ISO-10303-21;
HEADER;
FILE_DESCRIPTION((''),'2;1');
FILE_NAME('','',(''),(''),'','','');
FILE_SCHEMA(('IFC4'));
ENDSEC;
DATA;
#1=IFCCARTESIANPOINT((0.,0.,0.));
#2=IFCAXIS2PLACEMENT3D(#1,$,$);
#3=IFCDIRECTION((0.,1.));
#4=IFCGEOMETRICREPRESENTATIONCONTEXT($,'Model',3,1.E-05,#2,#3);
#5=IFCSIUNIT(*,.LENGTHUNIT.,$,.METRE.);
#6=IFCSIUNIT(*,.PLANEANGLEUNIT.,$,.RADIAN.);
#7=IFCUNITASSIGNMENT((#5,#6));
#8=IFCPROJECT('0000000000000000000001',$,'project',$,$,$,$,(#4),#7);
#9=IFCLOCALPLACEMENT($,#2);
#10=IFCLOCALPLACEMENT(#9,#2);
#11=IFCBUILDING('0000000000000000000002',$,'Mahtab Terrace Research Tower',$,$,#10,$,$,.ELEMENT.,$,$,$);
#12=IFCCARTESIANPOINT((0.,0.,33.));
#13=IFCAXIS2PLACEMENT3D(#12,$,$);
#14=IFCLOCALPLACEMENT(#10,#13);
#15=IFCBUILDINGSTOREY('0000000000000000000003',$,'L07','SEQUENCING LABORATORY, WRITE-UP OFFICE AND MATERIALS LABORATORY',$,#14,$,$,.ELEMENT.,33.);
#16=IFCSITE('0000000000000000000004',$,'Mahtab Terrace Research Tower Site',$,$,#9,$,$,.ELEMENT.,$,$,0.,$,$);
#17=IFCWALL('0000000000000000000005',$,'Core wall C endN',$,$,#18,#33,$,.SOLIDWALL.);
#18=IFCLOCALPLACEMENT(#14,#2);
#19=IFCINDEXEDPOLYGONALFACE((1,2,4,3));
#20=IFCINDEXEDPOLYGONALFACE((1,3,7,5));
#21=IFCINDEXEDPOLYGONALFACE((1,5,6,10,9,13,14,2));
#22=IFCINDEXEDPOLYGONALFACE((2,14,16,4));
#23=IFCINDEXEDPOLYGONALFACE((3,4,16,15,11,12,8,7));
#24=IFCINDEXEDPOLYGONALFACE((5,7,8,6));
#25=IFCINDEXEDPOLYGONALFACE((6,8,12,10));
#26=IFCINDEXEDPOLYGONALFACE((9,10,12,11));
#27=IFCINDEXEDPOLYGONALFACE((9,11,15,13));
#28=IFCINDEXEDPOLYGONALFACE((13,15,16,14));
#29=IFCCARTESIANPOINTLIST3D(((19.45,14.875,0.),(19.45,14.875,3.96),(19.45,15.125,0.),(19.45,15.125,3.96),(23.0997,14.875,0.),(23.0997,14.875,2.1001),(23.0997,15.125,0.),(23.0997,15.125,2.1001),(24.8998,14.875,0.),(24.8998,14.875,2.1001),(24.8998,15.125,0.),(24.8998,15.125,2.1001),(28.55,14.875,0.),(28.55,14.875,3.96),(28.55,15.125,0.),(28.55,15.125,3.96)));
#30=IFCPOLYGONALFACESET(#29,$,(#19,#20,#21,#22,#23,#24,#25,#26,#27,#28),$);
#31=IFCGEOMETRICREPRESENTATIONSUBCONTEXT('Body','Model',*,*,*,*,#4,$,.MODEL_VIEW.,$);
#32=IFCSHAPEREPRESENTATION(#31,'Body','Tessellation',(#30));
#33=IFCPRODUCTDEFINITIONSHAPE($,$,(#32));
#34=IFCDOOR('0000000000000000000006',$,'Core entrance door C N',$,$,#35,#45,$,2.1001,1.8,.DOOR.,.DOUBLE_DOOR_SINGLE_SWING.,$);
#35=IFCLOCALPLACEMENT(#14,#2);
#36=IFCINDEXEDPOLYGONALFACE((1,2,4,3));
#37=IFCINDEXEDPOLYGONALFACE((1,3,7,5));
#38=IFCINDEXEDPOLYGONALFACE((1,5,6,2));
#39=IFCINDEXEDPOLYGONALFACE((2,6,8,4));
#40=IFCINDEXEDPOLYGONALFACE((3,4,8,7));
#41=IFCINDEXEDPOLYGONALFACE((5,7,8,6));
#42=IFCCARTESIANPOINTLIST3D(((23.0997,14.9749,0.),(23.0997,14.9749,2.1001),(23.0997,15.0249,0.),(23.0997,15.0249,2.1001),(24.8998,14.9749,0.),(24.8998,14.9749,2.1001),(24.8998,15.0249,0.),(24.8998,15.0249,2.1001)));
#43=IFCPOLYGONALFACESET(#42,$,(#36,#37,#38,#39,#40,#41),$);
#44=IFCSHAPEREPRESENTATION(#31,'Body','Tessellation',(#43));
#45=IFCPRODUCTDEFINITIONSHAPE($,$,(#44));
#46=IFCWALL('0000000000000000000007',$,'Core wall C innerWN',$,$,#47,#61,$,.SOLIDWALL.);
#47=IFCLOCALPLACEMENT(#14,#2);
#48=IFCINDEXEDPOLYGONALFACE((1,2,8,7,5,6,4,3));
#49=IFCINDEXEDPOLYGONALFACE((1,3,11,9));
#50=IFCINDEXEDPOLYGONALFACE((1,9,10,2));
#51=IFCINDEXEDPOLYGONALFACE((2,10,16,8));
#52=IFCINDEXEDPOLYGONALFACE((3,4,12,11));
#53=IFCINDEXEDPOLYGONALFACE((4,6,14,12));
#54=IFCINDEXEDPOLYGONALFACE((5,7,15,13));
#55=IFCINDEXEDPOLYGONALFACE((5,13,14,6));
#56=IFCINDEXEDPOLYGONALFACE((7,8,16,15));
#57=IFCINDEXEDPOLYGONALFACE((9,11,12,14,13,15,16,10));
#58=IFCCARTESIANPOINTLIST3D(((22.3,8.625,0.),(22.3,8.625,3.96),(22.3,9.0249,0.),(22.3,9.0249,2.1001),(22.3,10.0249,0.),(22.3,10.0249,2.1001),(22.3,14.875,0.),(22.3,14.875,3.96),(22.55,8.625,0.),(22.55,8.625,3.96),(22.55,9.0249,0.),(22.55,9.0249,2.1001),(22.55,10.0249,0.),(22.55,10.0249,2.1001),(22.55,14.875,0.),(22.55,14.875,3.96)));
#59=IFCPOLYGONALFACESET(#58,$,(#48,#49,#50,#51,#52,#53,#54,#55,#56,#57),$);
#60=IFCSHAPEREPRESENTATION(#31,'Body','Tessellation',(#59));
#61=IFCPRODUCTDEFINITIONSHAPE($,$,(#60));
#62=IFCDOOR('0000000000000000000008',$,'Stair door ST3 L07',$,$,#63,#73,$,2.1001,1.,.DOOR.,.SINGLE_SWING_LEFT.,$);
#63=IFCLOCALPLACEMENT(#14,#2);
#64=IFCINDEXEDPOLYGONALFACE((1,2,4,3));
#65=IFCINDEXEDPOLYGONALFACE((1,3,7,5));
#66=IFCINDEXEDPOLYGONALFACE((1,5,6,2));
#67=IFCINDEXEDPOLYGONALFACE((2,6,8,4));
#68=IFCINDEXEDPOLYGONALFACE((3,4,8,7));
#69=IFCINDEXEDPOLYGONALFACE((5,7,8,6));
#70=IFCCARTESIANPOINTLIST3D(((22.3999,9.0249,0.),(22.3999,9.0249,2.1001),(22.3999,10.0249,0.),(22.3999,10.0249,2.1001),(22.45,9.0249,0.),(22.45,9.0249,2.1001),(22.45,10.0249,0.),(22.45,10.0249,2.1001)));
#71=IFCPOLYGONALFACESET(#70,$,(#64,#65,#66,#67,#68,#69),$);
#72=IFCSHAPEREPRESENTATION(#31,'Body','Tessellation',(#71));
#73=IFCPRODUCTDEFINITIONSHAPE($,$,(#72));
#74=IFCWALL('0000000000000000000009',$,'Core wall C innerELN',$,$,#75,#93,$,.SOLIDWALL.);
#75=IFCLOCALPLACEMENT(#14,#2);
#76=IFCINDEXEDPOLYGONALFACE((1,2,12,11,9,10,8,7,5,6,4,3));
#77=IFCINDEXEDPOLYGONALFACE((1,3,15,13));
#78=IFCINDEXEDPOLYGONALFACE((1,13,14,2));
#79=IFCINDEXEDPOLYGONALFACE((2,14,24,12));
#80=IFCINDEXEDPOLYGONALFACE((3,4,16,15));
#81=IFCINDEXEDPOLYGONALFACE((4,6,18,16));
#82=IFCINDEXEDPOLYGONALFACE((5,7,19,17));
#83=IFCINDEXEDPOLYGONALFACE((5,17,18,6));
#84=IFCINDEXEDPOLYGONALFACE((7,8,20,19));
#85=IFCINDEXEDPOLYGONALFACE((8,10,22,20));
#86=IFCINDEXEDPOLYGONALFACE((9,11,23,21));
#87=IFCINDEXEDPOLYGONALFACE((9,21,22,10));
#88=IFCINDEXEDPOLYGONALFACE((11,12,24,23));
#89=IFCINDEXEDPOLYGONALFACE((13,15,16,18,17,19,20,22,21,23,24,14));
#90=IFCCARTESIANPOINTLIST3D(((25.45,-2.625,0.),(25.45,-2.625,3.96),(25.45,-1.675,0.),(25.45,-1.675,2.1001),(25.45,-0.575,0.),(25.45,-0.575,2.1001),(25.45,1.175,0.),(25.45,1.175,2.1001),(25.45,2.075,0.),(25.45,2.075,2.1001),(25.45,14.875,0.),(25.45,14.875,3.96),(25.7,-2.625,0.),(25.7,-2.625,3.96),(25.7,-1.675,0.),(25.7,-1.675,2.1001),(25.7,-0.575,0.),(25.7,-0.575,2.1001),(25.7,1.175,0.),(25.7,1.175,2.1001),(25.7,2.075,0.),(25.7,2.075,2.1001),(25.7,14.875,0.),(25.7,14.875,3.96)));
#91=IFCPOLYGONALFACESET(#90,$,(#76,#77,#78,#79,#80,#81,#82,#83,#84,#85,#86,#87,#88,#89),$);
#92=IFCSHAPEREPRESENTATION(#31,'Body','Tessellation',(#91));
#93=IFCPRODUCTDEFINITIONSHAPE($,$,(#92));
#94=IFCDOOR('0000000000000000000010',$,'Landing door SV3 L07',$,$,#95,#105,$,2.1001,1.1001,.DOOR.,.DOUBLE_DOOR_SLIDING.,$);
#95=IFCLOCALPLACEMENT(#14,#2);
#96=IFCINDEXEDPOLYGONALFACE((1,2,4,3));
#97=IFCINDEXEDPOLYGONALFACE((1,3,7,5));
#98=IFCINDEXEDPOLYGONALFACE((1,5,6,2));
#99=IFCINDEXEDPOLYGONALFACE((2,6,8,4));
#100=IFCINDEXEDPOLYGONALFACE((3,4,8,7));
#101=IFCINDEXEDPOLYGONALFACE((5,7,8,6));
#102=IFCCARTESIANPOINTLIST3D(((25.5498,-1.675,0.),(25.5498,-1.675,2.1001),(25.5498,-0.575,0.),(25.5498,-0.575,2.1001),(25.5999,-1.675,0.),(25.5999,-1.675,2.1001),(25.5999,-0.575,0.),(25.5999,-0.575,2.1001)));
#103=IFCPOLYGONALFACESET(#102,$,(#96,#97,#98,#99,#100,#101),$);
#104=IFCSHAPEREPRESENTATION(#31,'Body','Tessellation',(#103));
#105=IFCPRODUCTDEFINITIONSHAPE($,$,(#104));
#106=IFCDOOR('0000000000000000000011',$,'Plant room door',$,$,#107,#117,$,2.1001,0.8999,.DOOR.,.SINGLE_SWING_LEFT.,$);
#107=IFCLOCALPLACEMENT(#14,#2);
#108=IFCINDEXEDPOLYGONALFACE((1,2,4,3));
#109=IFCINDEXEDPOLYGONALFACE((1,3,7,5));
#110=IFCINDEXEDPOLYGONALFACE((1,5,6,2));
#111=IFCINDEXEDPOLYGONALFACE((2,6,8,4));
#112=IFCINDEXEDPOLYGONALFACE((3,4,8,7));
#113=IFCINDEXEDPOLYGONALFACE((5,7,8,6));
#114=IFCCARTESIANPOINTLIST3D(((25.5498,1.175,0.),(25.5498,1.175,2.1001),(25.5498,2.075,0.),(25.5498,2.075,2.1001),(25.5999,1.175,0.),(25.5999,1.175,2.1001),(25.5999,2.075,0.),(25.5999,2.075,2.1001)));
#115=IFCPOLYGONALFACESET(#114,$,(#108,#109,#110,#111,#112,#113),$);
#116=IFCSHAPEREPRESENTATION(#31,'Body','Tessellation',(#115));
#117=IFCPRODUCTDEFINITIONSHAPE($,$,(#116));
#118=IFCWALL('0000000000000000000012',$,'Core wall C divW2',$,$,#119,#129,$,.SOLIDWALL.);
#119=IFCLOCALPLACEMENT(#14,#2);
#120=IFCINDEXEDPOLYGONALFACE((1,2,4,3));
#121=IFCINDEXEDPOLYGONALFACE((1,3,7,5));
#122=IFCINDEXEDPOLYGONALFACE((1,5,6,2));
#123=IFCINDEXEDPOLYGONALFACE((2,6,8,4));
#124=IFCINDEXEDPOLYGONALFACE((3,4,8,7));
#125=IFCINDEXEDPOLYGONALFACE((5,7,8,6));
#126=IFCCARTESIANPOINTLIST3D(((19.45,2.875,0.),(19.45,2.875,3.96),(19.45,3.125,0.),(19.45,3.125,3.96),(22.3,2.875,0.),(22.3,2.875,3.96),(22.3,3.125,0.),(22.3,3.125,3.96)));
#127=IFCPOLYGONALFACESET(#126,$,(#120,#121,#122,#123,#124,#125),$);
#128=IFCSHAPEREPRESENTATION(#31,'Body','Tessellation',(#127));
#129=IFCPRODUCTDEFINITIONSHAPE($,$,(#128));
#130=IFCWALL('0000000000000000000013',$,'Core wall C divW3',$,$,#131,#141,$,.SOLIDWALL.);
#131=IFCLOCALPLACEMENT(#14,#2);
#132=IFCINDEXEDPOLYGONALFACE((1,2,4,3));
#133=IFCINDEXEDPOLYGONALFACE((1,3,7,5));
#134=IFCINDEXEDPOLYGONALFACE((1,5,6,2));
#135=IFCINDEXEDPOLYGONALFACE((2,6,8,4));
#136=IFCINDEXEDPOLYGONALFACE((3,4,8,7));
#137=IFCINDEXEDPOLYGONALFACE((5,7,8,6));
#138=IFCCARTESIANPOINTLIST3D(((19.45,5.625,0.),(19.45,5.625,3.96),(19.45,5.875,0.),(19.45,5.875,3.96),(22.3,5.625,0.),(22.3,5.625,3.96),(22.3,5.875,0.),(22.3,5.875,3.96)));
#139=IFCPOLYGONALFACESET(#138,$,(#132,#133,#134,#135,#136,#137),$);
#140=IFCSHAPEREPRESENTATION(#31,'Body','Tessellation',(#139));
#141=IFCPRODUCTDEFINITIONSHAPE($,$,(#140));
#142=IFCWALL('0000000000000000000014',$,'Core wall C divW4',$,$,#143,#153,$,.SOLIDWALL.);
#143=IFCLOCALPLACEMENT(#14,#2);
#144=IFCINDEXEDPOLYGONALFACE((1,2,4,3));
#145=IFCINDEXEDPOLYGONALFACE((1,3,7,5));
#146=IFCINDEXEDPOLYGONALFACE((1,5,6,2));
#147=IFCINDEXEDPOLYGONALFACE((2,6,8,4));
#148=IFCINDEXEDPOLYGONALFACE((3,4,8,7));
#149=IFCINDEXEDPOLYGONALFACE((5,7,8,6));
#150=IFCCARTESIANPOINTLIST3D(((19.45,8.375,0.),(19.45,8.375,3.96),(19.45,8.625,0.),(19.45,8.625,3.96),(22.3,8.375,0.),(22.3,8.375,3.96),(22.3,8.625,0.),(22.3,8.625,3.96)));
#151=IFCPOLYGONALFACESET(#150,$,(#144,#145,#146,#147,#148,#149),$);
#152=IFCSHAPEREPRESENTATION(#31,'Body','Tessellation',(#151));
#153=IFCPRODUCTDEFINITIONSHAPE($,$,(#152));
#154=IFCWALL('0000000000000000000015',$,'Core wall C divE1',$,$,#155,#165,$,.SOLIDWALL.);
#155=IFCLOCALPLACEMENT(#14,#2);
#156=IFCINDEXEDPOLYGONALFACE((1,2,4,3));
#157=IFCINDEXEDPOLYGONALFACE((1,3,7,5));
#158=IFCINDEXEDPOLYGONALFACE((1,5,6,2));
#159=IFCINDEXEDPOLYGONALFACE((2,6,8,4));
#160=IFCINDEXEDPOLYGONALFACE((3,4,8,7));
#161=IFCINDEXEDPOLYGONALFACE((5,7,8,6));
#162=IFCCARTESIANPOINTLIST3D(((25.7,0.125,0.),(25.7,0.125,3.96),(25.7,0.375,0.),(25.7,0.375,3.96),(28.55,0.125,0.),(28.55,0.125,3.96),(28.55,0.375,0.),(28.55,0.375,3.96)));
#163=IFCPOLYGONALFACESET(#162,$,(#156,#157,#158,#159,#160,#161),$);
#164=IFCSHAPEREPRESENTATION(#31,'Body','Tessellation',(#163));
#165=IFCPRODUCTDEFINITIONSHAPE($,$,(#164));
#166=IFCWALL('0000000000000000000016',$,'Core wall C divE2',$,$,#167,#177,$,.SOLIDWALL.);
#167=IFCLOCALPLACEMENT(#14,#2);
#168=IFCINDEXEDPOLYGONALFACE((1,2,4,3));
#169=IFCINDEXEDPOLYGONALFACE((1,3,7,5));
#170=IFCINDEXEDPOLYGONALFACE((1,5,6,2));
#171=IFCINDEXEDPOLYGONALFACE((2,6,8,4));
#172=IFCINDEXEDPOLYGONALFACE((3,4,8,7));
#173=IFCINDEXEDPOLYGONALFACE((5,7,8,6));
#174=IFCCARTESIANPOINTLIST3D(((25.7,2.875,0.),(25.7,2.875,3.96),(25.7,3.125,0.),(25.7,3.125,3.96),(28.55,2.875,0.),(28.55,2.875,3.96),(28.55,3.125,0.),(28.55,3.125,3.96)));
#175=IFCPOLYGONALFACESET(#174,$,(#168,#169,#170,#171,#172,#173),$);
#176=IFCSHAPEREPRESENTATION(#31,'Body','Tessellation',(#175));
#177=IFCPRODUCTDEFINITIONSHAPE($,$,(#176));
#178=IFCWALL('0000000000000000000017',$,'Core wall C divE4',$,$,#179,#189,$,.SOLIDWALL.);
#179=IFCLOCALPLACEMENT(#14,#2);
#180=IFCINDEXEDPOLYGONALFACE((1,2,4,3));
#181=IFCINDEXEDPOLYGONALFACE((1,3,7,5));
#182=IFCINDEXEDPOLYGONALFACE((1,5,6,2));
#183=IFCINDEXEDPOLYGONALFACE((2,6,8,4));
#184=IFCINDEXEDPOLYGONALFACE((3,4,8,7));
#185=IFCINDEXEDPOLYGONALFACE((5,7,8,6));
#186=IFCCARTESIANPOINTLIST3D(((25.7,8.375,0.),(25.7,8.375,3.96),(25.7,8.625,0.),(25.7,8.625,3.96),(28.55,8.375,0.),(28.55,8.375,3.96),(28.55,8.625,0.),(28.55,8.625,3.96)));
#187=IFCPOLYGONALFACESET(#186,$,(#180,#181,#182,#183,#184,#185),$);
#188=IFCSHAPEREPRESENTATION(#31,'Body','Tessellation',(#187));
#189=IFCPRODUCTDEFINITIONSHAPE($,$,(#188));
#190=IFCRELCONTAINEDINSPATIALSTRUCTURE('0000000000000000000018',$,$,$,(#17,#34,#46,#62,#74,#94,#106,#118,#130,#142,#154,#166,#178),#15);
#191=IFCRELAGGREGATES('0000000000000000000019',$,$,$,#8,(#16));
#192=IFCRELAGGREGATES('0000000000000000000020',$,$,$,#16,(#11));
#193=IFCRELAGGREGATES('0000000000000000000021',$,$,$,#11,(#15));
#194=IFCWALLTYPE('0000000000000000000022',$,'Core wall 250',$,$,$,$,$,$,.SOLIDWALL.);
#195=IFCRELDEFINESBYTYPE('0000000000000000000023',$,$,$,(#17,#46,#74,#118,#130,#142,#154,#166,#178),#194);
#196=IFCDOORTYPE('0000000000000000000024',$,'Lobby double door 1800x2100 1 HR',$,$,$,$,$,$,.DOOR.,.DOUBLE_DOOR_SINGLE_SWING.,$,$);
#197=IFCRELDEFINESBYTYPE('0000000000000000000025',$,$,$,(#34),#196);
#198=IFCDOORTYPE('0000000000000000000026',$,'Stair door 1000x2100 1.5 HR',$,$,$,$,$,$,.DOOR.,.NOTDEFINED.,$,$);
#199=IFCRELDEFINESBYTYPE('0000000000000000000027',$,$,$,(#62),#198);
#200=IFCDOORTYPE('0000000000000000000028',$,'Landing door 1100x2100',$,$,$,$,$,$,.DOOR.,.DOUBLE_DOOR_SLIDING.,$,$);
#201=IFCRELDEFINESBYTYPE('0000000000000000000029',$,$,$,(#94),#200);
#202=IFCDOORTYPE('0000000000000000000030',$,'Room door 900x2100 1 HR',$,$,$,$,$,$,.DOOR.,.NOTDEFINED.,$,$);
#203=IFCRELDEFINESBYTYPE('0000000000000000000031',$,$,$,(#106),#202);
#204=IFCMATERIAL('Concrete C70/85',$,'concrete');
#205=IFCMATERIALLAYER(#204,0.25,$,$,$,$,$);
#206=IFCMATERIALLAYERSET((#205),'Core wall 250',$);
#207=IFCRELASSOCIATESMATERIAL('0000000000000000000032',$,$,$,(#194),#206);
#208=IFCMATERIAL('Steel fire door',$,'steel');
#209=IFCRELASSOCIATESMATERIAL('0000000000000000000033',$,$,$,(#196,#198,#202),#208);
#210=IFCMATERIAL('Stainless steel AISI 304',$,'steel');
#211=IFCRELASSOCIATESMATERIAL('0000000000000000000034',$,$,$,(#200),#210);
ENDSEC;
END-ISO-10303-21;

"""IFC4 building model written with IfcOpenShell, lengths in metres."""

from ifc_helpers import new_model, si_unit, direction, frame, frame_2d, origin, place, context, subcontext, project, spatial, rectangle, extrude, material, layer, layer_set, type_object, element, fill, save


model = new_model("IFC4")

# Units and contexts
model_context = context("Model", 3, precision=1e-05, world=origin(), true_north=direction((0.0, 1.0)))
body_context = subcontext(model_context, "Body", "Model", "MODEL_VIEW")
ifc_project = project(units=[si_unit("LENGTHUNIT", "METRE"), si_unit("PLANEANGLEUNIT", "RADIAN")], contexts=[model_context])

# Site, building, storey
site_placement = place(None, origin())
site = spatial("IfcSite", under=ifc_project, at=site_placement, Name="Mahtab Terrace Research Tower Site", CompositionType="ELEMENT", RefElevation=0.0)
building_placement = place(site_placement, origin())
building = spatial("IfcBuilding", under=site, at=building_placement, Name="Mahtab Terrace Research Tower", CompositionType="ELEMENT")
storey_placement = place(building_placement, frame((0.0, 0.0, 33.0)))
storey = spatial("IfcBuildingStorey", under=building, at=storey_placement, Name="L07", Description="SEQUENCING LABORATORY, WRITE-UP OFFICE AND MATERIALS LABORATORY", CompositionType="ELEMENT", Elevation=33.0)

# Shared definitions
ifc_material_1 = material(Name="Concrete C70/85", Category="concrete")

# Walls, openings, doors
ifc_layer_1 = layer(ifc_material_1, 0.25)
ifc_layer_set_1 = layer_set([ifc_layer_1], Name="Core wall 250")
wall_type_1 = type_object("IfcWallType", Name="Core wall 250", PredefinedType="SOLIDWALL", material=ifc_layer_set_1)
wall_1_placement = place(storey_placement, frame((19.45, 15.0, 0.0), z_axis=(0.0, 0.0, 1.0), x_axis=(1.0, 0.0, 0.0)))
wall_1 = element("IfcWall", 1, at=wall_1_placement, inside=storey, type_object=wall_type_1, Name="Core wall C endN", PredefinedType="SOLIDWALL", context=body_context, shape_type="SweptSolid", body=[
    extrude(rectangle(XDim=9.1001, YDim=0.25, at=frame_2d((4.55, 0.0))), origin(), (0.0, 0.0, 1.0), 3.96),
])
opening_1_placement = place(wall_1_placement, frame((3.6499, 0.0, 0.0)))
opening_1 = element("IfcOpeningElement", 2, at=opening_1_placement, cuts=wall_1, PredefinedType="OPENING", context=body_context, shape_type="SweptSolid", body=[
    extrude(rectangle(XDim=1.8, YDim=2.1001, at=frame_2d((0.8999, 1.05))), frame((0.0, 0.135, 0.0), z_axis=(0.0, -1.0, 0.0), x_axis=(1.0, 0.0, 0.0)), (0.0, 0.0, 1.0), 0.27),
])
ifc_material_2 = material(Name="Steel fire door", Category="steel")
door_type_1 = type_object("IfcDoorType", Name="Lobby double door 1800x2100 1 HR", OperationType="DOUBLE_DOOR_SINGLE_SWING", PredefinedType="DOOR", material=ifc_material_2)
door_1_placement = place(opening_1_placement, origin())
door_1 = element("IfcDoor", 3, at=door_1_placement, inside=storey, type_object=door_type_1, Name="Core entrance door C N", OperationType="DOUBLE_DOOR_SINGLE_SWING", OverallHeight=2.1001, OverallWidth=1.8, PredefinedType="DOOR", context=body_context, shape_type="SweptSolid", body=[
    extrude(rectangle(XDim=1.8, YDim=2.1001, at=frame_2d((0.8999, 1.05))), frame((0.0, 0.0249, 0.0), z_axis=(0.0, -1.0, 0.0), x_axis=(1.0, 0.0, 0.0)), (0.0, 0.0, 1.0), 0.05),
])
fill(opening_1, door_1)
wall_2_placement = place(storey_placement, frame((22.425, 14.875, 0.0), z_axis=(0.0, 0.0, 1.0), x_axis=(0.0, -1.0, 0.0)))
wall_2 = element("IfcWall", 4, at=wall_2_placement, inside=storey, type_object=wall_type_1, Name="Core wall C innerWN", PredefinedType="SOLIDWALL", context=body_context, shape_type="SweptSolid", body=[
    extrude(rectangle(XDim=6.25, YDim=0.25, at=frame_2d((3.125, 0.0))), origin(), (0.0, 0.0, 1.0), 3.96),
])
opening_2_placement = place(wall_2_placement, frame((4.8501, 0.0, 0.0)))
opening_2 = element("IfcOpeningElement", 5, at=opening_2_placement, cuts=wall_2, PredefinedType="OPENING", context=body_context, shape_type="SweptSolid", body=[
    extrude(rectangle(XDim=1.0, YDim=2.1001, at=frame_2d((0.5, 1.05))), frame((0.0, 0.135, 0.0), z_axis=(0.0, -1.0, 0.0), x_axis=(1.0, 0.0, 0.0)), (0.0, 0.0, 1.0), 0.27),
])
door_type_2 = type_object("IfcDoorType", Name="Stair door 1000x2100 1.5 HR", OperationType="NOTDEFINED", PredefinedType="DOOR", material=ifc_material_2)
door_2_placement = place(opening_2_placement, origin())
door_2 = element("IfcDoor", 6, at=door_2_placement, inside=storey, type_object=door_type_2, Name="Stair door ST3 L07", OperationType="SINGLE_SWING_LEFT", OverallHeight=2.1001, OverallWidth=1.0, PredefinedType="DOOR", context=body_context, shape_type="SweptSolid", body=[
    extrude(rectangle(XDim=1.0, YDim=2.1001, at=frame_2d((0.5, 1.05))), frame((0.0, 0.0249, 0.0), z_axis=(0.0, -1.0, 0.0), x_axis=(1.0, 0.0, 0.0)), (0.0, 0.0, 1.0), 0.05),
])
fill(opening_2, door_2)

# Wall, openings, doors
wall_3_placement = place(storey_placement, frame((25.575, 14.875, 0.0), z_axis=(0.0, 0.0, 1.0), x_axis=(0.0, -1.0, 0.0)))
wall_3 = element("IfcWall", 7, at=wall_3_placement, inside=storey, type_object=wall_type_1, Name="Core wall C innerELN", PredefinedType="SOLIDWALL", context=body_context, shape_type="SweptSolid", body=[
    extrude(rectangle(XDim=17.5, YDim=0.25, at=frame_2d((8.75, 0.0))), origin(), (0.0, 0.0, 1.0), 3.96),
])
opening_3_placement = place(wall_3_placement, frame((15.45, 0.0, 0.0)))
opening_3 = element("IfcOpeningElement", 8, at=opening_3_placement, cuts=wall_3, PredefinedType="OPENING", context=body_context, shape_type="SweptSolid", body=[
    extrude(rectangle(XDim=1.1001, YDim=2.1001, at=frame_2d((0.55, 1.05))), frame((0.0, 0.135, 0.0), z_axis=(0.0, -1.0, 0.0), x_axis=(1.0, 0.0, 0.0)), (0.0, 0.0, 1.0), 0.27),
])
opening_4_placement = place(wall_3_placement, frame((12.8, 0.0, 0.0)))
opening_4 = element("IfcOpeningElement", 9, at=opening_4_placement, cuts=wall_3, PredefinedType="OPENING", context=body_context, shape_type="SweptSolid", body=[
    extrude(rectangle(XDim=0.8999, YDim=2.1001, at=frame_2d((0.45, 1.05))), frame((0.0, 0.135, 0.0), z_axis=(0.0, -1.0, 0.0), x_axis=(1.0, 0.0, 0.0)), (0.0, 0.0, 1.0), 0.27),
])
ifc_material_3 = material(Name="Stainless steel AISI 304", Category="steel")
door_type_3 = type_object("IfcDoorType", Name="Landing door 1100x2100", OperationType="DOUBLE_DOOR_SLIDING", PredefinedType="DOOR", material=ifc_material_3)
door_3_placement = place(opening_3_placement, origin())
door_3 = element("IfcDoor", 10, at=door_3_placement, inside=storey, type_object=door_type_3, Name="Landing door SV3 L07", OperationType="DOUBLE_DOOR_SLIDING", OverallHeight=2.1001, OverallWidth=1.1001, PredefinedType="DOOR", context=body_context, shape_type="SweptSolid", body=[
    extrude(rectangle(XDim=1.1001, YDim=2.1001, at=frame_2d((0.55, 1.05))), frame((0.0, 0.0249, 0.0), z_axis=(0.0, -1.0, 0.0), x_axis=(1.0, 0.0, 0.0)), (0.0, 0.0, 1.0), 0.05),
])
fill(opening_3, door_3)
door_type_4 = type_object("IfcDoorType", Name="Room door 900x2100 1 HR", OperationType="NOTDEFINED", PredefinedType="DOOR", material=ifc_material_2)
door_4_placement = place(opening_4_placement, origin())
door_4 = element("IfcDoor", 11, at=door_4_placement, inside=storey, type_object=door_type_4, Name="Plant room door", OperationType="SINGLE_SWING_LEFT", OverallHeight=2.1001, OverallWidth=0.8999, PredefinedType="DOOR", context=body_context, shape_type="SweptSolid", body=[
    extrude(rectangle(XDim=0.8999, YDim=2.1001, at=frame_2d((0.45, 1.05))), frame((0.0, 0.0249, 0.0), z_axis=(0.0, -1.0, 0.0), x_axis=(1.0, 0.0, 0.0)), (0.0, 0.0, 1.0), 0.05),
])
fill(opening_4, door_4)

# Walls
for number, where, z_axis, x_axis, name in (
    (12, (19.45, 3.0, 0.0), (0.0, 0.0, 1.0), (1.0, 0.0, 0.0), "Core wall C divW2"),
    (13, (19.45, 5.75, 0.0), (0.0, 0.0, 1.0), (1.0, 0.0, 0.0), "Core wall C divW3"),
    (14, (19.45, 8.5, 0.0), (0.0, 0.0, 1.0), (1.0, 0.0, 0.0), "Core wall C divW4"),
    (15, (25.7, 0.25, 0.0), (0.0, 0.0, 1.0), (1.0, 0.0, 0.0), "Core wall C divE1"),
    (16, (25.7, 3.0, 0.0), (0.0, 0.0, 1.0), (1.0, 0.0, 0.0), "Core wall C divE2"),
    (17, (25.7, 8.5, 0.0), (0.0, 0.0, 1.0), (1.0, 0.0, 0.0), "Core wall C divE4"),
):
    element("IfcWall", number, at=place(storey_placement, frame(where, z_axis=z_axis, x_axis=x_axis)), inside=storey, type_object=wall_type_1, Name=name, PredefinedType="SOLIDWALL", context=body_context, shape_type="SweptSolid", body=[
        extrude(rectangle(XDim=2.8501, YDim=0.25, at=frame_2d((1.425, 0.0))), origin(), (0.0, 0.0, 1.0), 3.96),
    ])

save(model, "model.ifc")
